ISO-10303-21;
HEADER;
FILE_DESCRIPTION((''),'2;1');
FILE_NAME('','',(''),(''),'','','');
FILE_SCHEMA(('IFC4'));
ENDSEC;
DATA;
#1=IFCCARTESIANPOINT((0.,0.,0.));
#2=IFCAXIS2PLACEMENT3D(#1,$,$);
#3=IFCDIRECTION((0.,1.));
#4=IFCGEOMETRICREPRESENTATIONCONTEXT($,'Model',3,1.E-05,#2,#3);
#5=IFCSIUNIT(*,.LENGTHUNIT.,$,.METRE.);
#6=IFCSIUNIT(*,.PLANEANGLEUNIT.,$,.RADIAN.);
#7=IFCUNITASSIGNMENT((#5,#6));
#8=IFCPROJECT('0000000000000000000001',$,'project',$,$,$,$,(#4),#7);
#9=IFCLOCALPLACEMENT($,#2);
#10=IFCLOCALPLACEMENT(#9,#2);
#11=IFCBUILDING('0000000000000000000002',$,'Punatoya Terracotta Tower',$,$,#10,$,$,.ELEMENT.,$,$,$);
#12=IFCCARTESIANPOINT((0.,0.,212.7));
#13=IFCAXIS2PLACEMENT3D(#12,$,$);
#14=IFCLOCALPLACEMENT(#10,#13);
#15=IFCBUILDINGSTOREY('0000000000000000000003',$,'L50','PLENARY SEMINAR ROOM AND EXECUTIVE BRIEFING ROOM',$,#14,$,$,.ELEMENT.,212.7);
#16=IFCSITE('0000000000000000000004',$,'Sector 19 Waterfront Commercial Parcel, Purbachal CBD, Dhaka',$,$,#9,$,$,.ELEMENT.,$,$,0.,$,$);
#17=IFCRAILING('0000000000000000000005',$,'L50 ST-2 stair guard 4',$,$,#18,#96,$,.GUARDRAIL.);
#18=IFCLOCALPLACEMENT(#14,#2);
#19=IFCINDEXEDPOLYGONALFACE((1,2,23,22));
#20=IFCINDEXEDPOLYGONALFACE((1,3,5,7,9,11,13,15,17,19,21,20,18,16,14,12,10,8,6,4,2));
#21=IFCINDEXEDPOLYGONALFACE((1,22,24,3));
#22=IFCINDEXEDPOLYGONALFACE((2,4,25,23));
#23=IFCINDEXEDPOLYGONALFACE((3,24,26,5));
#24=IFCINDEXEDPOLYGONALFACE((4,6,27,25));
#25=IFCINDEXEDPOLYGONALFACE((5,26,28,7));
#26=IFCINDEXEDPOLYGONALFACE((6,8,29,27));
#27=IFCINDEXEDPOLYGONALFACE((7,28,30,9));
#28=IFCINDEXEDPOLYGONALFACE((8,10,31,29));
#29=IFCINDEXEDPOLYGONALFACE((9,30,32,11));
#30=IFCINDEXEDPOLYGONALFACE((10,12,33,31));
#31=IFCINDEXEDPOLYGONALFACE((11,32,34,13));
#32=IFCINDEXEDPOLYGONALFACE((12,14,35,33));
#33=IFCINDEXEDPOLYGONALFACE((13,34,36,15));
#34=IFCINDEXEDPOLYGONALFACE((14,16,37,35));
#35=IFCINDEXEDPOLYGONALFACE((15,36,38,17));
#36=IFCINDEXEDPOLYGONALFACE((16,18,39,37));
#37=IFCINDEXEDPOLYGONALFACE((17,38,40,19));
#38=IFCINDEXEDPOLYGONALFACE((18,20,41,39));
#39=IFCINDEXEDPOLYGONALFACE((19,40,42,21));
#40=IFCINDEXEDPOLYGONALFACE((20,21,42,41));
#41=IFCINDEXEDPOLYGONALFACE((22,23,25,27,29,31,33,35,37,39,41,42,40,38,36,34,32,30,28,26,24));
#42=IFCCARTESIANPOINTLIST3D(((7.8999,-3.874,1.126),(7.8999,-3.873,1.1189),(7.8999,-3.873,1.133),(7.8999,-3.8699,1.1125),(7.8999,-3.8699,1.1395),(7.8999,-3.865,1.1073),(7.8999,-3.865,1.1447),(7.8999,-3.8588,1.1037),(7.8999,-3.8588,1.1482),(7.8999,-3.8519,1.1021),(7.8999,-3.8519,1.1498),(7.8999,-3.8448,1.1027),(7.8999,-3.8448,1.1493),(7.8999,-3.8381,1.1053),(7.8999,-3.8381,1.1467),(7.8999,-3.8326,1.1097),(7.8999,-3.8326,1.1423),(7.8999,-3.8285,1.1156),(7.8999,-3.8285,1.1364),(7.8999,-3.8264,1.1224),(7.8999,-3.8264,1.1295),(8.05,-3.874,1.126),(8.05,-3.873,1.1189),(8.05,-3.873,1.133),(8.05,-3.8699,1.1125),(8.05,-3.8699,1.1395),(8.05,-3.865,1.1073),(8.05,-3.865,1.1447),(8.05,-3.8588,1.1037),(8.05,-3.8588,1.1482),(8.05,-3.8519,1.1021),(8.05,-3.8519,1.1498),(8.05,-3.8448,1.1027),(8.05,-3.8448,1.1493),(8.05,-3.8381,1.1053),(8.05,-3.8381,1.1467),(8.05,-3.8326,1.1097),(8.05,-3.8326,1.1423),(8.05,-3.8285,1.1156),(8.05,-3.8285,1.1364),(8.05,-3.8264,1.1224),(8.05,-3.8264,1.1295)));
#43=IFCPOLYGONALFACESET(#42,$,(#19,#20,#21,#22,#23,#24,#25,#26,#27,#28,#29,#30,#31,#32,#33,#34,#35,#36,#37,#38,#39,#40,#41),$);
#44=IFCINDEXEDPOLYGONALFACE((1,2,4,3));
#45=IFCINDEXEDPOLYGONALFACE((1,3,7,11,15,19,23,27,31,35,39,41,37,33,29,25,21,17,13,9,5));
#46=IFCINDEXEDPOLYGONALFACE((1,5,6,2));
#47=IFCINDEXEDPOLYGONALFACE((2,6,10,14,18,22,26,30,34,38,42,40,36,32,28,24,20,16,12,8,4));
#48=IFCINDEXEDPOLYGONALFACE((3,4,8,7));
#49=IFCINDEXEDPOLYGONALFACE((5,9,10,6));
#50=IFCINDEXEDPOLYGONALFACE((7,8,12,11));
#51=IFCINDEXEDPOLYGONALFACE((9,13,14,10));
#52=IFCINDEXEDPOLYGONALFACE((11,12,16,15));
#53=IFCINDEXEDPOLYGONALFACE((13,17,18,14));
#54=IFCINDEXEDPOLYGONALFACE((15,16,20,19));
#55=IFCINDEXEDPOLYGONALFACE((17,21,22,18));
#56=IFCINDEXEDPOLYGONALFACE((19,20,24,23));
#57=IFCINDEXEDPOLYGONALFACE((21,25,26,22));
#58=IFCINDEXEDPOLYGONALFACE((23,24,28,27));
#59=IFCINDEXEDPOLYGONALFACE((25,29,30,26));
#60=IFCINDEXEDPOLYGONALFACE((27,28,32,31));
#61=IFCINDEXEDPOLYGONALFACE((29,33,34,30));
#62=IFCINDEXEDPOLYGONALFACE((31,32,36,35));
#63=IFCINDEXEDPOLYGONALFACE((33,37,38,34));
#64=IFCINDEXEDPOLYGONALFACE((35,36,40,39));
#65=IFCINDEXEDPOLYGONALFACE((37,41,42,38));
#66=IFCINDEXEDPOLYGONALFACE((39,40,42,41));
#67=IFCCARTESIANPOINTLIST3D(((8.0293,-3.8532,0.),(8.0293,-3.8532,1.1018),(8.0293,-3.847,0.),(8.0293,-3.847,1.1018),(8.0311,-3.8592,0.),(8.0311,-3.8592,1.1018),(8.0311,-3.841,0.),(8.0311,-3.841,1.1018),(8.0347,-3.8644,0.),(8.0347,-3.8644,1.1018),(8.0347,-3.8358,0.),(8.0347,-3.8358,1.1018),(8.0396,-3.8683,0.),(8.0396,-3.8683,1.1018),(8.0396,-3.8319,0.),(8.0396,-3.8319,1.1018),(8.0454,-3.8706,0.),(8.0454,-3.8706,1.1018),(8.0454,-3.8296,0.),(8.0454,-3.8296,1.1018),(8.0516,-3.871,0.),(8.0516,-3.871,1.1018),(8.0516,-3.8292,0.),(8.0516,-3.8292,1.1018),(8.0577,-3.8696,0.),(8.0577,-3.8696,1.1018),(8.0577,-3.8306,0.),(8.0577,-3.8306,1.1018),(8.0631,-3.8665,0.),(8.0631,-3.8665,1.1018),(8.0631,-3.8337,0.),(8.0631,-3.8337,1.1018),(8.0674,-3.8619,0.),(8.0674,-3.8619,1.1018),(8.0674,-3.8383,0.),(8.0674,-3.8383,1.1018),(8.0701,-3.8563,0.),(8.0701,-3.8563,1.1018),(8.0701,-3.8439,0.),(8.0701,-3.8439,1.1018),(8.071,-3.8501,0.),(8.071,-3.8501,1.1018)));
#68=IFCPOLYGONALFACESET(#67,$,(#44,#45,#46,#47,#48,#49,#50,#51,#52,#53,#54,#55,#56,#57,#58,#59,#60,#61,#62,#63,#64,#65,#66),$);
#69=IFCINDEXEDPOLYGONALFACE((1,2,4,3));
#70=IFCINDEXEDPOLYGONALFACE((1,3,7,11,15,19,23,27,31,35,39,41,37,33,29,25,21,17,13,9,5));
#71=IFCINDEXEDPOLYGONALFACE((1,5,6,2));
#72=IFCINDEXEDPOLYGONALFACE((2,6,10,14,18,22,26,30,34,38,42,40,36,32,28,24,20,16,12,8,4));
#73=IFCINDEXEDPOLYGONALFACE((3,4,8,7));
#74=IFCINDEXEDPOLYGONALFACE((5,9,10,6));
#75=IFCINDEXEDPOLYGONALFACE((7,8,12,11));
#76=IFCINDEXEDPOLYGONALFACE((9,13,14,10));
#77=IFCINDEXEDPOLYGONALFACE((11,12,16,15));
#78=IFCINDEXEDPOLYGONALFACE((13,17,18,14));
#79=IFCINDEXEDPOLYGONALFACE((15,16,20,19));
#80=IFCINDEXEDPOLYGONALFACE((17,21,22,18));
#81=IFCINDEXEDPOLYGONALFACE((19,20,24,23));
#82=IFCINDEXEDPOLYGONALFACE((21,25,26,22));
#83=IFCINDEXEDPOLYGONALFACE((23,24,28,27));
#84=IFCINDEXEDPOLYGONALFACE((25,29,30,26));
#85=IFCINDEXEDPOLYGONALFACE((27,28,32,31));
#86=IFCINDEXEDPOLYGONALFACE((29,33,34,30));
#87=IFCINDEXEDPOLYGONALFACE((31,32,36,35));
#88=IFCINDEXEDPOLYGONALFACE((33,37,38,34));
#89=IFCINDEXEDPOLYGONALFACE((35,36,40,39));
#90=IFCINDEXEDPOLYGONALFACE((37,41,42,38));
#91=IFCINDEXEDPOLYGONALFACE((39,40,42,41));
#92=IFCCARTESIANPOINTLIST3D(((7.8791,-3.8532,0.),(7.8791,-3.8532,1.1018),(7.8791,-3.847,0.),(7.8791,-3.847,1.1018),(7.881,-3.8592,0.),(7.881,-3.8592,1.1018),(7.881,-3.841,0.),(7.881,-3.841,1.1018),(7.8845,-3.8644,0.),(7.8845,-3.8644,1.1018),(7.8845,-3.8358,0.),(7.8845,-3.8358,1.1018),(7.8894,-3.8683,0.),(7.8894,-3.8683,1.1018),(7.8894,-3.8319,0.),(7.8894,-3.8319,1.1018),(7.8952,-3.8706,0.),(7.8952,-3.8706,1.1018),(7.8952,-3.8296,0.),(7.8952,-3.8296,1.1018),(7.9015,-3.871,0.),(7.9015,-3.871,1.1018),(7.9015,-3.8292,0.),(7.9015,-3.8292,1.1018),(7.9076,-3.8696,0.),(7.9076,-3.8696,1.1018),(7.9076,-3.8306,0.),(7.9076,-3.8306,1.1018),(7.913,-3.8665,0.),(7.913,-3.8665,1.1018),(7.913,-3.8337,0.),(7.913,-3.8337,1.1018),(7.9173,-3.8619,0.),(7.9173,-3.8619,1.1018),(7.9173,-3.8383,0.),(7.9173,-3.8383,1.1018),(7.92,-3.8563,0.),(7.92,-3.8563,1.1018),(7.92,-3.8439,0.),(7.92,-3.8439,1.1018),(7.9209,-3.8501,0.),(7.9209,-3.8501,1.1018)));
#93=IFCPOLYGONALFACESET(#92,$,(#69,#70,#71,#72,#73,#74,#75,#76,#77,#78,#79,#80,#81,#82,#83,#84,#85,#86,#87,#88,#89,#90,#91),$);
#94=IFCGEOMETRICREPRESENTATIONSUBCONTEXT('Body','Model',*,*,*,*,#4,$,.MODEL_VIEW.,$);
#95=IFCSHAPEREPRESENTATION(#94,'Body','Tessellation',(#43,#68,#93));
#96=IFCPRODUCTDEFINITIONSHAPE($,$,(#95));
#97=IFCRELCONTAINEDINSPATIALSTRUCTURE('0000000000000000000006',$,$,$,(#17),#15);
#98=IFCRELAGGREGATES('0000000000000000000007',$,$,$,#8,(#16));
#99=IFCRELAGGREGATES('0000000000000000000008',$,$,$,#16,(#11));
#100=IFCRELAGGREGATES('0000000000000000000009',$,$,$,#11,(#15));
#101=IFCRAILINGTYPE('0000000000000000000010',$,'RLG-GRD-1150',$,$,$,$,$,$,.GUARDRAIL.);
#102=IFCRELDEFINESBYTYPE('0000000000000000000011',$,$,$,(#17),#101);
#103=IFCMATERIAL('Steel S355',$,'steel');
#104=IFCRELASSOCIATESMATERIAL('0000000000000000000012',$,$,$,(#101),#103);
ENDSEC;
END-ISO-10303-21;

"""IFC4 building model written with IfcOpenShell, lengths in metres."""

from ifc_helpers import new_model, si_unit, direction, frame, origin, origin_2d, place, context, subcontext, project, spatial, circle, extrude, material, type_object, element, save


model = new_model("IFC4")

# Units and contexts
model_context = context("Model", 3, precision=1e-05, world=origin(), true_north=direction((0.0, 1.0)))
body_context = subcontext(model_context, "Body", "Model", "MODEL_VIEW")
ifc_project = project(units=[si_unit("LENGTHUNIT", "METRE"), si_unit("PLANEANGLEUNIT", "RADIAN")], contexts=[model_context])

# Site, building, storey
site_placement = place(None, origin())
site = spatial("IfcSite", under=ifc_project, at=site_placement, Name="Sector 19 Waterfront Commercial Parcel, Purbachal CBD, Dhaka", CompositionType="ELEMENT", RefElevation=0.0)
building_placement = place(site_placement, origin())
building = spatial("IfcBuilding", under=site, at=building_placement, Name="Punatoya Terracotta Tower", CompositionType="ELEMENT")
storey_placement = place(building_placement, frame((0.0, 0.0, 212.7)))
storey = spatial("IfcBuildingStorey", under=building, at=storey_placement, Name="L50", Description="PLENARY SEMINAR ROOM AND EXECUTIVE BRIEFING ROOM", CompositionType="ELEMENT", Elevation=212.7)

# Shared definitions
ifc_material_1 = material(Name="Steel S355", Category="steel")

# Railing
railing_type_1 = type_object("IfcRailingType", Name="RLG-GRD-1150", PredefinedType="GUARDRAIL", material=ifc_material_1)
railing_1_placement = place(storey_placement, frame((8.05, -3.8501, 0.0)))
element("IfcRailing", 1, at=railing_1_placement, inside=storey, type_object=railing_type_1, Name="L50 ST-2 stair guard 4", PredefinedType="GUARDRAIL", context=body_context, shape_type="SweptSolid", body=[
    extrude(circle(Radius=0.0239, at=origin_2d()), frame((0.0, 0.0, 1.126), z_axis=(-1.0, 0.0, 0.0), x_axis=(0.0, -1.0, 0.0)), (0.0, 0.0, 1.0), 0.1501),
    extrude(circle(Radius=0.021, at=origin_2d()), origin(), (0.0, 0.0, 1.0), 1.1018),
    extrude(circle(Radius=0.021, at=origin_2d()), frame((-0.1501, 0.0, 0.0)), (0.0, 0.0, 1.0), 1.1018),
])

save(model, "model.ifc")
